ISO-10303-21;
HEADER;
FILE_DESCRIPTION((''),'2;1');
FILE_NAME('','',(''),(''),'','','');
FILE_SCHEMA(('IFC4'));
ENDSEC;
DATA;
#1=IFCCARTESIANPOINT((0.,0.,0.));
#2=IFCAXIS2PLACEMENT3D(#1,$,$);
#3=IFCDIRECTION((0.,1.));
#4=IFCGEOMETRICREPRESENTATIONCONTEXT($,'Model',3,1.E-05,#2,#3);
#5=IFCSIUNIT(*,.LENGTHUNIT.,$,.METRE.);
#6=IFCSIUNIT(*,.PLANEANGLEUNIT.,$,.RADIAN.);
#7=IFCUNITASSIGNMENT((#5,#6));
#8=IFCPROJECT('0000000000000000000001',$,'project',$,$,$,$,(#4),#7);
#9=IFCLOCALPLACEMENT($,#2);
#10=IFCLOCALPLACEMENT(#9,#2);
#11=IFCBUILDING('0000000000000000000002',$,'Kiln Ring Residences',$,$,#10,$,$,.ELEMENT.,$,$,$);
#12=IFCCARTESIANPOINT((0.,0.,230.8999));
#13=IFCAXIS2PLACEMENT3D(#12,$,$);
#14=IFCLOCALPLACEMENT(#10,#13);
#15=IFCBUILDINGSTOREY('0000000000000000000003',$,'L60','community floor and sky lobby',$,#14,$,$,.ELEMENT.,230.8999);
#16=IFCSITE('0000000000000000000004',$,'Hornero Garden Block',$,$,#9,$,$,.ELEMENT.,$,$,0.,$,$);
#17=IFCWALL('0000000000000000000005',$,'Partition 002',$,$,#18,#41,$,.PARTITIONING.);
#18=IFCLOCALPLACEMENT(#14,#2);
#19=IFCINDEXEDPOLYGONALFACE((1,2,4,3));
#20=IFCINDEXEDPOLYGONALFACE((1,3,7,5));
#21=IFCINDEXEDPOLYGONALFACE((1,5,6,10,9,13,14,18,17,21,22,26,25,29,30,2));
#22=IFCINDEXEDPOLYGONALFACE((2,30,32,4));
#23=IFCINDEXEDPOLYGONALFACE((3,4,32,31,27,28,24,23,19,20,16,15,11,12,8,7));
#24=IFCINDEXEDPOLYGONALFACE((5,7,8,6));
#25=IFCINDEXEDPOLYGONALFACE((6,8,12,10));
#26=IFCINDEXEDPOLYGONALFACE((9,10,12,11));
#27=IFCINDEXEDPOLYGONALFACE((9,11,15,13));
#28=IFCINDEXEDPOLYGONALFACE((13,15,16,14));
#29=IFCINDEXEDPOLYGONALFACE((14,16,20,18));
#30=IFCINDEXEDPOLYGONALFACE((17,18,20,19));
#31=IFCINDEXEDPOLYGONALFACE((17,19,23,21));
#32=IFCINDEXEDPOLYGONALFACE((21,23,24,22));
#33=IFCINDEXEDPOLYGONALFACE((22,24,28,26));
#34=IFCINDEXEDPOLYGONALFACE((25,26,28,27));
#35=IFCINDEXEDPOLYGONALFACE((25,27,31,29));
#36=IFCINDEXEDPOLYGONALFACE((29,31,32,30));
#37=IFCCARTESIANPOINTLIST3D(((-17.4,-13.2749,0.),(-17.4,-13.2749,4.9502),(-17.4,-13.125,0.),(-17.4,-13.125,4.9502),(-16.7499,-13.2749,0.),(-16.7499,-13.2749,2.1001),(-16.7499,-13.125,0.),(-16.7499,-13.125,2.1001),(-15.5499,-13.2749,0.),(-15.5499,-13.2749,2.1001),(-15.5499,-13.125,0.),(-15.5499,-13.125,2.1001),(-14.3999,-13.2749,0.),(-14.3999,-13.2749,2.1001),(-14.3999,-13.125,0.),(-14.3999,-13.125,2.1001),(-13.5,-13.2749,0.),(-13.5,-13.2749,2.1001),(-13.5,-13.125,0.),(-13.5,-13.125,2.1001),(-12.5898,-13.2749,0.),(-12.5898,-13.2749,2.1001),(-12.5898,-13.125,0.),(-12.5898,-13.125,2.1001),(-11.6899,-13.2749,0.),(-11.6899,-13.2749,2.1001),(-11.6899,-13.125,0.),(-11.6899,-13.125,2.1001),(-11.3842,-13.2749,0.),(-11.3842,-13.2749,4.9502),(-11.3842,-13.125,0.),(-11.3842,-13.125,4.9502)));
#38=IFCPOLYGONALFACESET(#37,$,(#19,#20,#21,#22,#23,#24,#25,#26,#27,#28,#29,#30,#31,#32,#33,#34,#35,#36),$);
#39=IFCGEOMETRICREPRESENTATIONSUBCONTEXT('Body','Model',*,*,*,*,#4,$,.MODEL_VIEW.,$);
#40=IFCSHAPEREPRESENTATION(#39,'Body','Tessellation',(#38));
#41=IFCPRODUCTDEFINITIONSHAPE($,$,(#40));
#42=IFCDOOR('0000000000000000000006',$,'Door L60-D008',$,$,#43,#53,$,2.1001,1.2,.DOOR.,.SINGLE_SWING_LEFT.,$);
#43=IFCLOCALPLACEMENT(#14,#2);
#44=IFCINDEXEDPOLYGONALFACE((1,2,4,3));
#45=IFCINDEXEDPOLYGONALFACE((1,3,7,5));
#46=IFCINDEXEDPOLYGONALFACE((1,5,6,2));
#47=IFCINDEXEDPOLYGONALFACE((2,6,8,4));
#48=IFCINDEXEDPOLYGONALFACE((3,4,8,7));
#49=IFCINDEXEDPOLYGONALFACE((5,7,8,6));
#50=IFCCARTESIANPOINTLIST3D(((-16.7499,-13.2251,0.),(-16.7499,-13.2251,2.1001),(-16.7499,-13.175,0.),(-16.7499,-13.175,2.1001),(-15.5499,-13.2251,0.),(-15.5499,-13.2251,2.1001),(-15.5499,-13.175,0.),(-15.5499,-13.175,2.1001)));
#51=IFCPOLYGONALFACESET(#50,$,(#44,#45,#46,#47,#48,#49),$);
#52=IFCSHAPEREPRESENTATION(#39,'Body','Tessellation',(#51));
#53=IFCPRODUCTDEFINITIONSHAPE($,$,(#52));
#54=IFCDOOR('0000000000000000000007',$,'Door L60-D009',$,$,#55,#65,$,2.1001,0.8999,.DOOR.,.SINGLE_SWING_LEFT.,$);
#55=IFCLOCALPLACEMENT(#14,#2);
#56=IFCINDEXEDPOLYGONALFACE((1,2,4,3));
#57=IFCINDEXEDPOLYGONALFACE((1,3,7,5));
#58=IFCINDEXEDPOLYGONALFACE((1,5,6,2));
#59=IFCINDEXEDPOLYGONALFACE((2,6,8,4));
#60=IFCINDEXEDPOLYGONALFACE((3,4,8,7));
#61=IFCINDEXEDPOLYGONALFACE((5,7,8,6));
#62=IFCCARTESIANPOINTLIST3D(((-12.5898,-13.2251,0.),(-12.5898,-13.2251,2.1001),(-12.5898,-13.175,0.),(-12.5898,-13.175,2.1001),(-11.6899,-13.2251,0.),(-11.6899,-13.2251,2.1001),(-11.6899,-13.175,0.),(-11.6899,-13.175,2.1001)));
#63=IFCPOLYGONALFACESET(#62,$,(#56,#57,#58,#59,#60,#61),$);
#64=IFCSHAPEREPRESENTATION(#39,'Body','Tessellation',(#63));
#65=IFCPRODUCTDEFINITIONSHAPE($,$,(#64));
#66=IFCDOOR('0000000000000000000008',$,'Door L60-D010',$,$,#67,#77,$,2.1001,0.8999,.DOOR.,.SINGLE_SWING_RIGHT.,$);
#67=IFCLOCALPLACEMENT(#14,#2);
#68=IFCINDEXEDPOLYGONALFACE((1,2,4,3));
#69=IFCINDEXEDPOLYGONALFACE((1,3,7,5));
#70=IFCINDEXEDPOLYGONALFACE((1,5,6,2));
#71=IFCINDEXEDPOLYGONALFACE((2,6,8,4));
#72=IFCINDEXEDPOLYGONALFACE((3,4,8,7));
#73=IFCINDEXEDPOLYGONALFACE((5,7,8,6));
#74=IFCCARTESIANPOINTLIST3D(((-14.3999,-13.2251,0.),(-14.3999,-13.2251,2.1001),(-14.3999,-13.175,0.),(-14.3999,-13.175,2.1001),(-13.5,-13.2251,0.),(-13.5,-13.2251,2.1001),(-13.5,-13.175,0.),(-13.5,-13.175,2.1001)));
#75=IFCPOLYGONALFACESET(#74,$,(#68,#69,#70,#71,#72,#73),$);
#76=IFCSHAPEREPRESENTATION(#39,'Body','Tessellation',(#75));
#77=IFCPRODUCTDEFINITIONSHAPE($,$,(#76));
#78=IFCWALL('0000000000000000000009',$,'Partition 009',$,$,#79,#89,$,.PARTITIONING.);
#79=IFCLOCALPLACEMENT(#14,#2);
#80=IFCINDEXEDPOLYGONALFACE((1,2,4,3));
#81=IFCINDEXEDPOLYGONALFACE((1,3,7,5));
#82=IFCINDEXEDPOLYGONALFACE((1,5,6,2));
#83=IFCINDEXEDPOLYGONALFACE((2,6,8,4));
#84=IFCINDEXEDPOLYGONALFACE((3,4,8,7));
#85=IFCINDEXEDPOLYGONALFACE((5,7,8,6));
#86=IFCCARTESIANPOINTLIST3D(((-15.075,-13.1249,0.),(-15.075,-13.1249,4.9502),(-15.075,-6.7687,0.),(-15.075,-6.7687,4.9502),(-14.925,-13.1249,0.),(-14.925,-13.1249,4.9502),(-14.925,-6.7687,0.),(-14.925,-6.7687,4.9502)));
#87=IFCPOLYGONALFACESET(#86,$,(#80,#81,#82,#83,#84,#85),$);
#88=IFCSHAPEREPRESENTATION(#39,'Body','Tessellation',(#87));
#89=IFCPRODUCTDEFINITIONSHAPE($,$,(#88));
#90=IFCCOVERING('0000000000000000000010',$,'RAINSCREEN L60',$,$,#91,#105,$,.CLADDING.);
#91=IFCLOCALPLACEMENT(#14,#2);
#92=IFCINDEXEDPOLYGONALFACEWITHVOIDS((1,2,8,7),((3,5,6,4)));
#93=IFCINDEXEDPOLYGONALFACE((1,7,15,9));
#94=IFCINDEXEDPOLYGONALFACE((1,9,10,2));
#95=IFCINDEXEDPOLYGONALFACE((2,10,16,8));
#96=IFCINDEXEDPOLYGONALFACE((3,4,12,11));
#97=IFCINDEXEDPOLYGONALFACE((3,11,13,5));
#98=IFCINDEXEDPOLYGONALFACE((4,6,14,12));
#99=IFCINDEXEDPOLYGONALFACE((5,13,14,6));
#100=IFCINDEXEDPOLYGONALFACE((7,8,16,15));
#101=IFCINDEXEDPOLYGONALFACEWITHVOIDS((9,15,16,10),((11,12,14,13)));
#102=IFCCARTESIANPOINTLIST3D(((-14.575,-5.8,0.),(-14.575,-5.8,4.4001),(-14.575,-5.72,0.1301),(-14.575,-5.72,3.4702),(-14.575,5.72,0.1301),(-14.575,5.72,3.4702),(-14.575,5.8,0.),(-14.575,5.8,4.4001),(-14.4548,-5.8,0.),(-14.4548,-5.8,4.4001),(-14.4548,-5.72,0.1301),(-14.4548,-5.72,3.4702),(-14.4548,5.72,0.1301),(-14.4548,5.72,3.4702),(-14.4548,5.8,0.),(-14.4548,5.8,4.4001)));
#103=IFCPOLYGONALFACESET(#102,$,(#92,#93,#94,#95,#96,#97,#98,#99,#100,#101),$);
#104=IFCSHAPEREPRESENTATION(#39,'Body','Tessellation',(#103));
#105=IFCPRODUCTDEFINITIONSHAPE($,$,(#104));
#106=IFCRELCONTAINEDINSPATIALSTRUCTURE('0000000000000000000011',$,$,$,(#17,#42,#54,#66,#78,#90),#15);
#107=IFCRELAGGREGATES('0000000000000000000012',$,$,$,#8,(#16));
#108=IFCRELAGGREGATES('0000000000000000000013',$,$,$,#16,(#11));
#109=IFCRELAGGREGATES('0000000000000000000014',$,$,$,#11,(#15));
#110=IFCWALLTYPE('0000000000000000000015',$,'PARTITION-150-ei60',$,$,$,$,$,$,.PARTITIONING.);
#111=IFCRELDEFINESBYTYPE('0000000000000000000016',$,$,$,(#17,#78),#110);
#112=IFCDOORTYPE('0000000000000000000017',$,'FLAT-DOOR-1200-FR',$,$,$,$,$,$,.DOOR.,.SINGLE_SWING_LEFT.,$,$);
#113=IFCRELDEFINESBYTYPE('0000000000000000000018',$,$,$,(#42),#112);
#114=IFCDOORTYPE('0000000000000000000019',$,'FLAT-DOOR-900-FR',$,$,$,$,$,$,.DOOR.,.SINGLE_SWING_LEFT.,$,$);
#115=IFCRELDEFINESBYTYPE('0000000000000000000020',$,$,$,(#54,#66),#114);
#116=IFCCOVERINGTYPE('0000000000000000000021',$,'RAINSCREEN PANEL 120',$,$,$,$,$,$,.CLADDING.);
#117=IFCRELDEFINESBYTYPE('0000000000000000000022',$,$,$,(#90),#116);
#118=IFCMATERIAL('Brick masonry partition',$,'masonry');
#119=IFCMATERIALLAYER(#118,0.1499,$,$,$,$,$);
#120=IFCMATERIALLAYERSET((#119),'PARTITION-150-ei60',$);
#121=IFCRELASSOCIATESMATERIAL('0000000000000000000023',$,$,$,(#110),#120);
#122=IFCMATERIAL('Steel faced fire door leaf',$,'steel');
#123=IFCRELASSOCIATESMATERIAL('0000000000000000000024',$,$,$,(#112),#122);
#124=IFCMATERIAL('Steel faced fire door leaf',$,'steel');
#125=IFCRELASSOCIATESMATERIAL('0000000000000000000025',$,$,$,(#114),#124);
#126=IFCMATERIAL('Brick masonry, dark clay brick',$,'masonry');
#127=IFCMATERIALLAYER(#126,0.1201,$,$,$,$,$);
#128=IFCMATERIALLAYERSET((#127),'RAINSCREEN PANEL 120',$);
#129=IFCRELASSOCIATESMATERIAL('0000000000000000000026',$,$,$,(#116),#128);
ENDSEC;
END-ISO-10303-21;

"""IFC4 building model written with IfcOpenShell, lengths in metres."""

from ifc_helpers import new_model, si_unit, direction, frame, frame_2d, origin, place, context, subcontext, project, spatial, polyline, rectangle, outline, extrude, material, layer, layer_set, type_object, element, fill, save


model = new_model("IFC4")

# Units and contexts
model_context = context("Model", 3, precision=1e-05, world=origin(), true_north=direction((0.0, 1.0)))
body_context = subcontext(model_context, "Body", "Model", "MODEL_VIEW")
ifc_project = project(units=[si_unit("LENGTHUNIT", "METRE"), si_unit("PLANEANGLEUNIT", "RADIAN")], contexts=[model_context])

# Site, building, storey
site_placement = place(None, origin())
site = spatial("IfcSite", under=ifc_project, at=site_placement, Name="Hornero Garden Block", CompositionType="ELEMENT", RefElevation=0.0)
building_placement = place(site_placement, origin())
building = spatial("IfcBuilding", under=site, at=building_placement, Name="Kiln Ring Residences", CompositionType="ELEMENT")
storey_placement = place(building_placement, frame((0.0, 0.0, 230.8999)))
storey = spatial("IfcBuildingStorey", under=building, at=storey_placement, Name="L60", Description="community floor and sky lobby", CompositionType="ELEMENT", Elevation=230.8999)

# Wall, openings, doors
ifc_material_1 = material(Name="Brick masonry partition", Category="masonry")
ifc_layer_1 = layer(ifc_material_1, 0.1499)
ifc_layer_set_1 = layer_set([ifc_layer_1], Name="PARTITION-150-ei60")
wall_type_1 = type_object("IfcWallType", Name="PARTITION-150-ei60", PredefinedType="PARTITIONING", material=ifc_layer_set_1)
wall_1_placement = place(storey_placement, frame((-17.3999, -13.2, 0.0), z_axis=(0.0, 0.0, 1.0), x_axis=(1.0, 0.0, 0.0)))
wall_1 = element("IfcWall", 1, at=wall_1_placement, inside=storey, type_object=wall_type_1, Name="Partition 002", PredefinedType="PARTITIONING", context=body_context, shape_type="SweptSolid", body=[
    extrude(rectangle(XDim=6.0159, YDim=0.1499, at=frame_2d((3.0078, 0.0))), origin(), (0.0, 0.0, 1.0), 4.9502),
])
opening_1_placement = place(wall_1_placement, frame((0.6499, 0.0, 0.0)))
opening_1 = element("IfcOpeningElement", 2, at=opening_1_placement, cuts=wall_1, PredefinedType="OPENING", context=body_context, shape_type="SweptSolid", body=[
    extrude(rectangle(XDim=1.2, YDim=2.1001, at=frame_2d((0.6001, 1.05))), frame((0.0, 0.085, 0.0), z_axis=(0.0, -1.0, 0.0), x_axis=(1.0, 0.0, 0.0)), (0.0, 0.0, 1.0), 0.1699),
])
opening_2_placement = place(wall_1_placement, frame((4.8101, 0.0, 0.0)))
opening_2 = element("IfcOpeningElement", 3, at=opening_2_placement, cuts=wall_1, PredefinedType="OPENING", context=body_context, shape_type="SweptSolid", body=[
    extrude(rectangle(XDim=0.8999, YDim=2.1001, at=frame_2d((0.45, 1.05))), frame((0.0, 0.085, 0.0), z_axis=(0.0, -1.0, 0.0), x_axis=(1.0, 0.0, 0.0)), (0.0, 0.0, 1.0), 0.1699),
])
opening_3_placement = place(wall_1_placement, frame((3.0, 0.0, 0.0)))
opening_3 = element("IfcOpeningElement", 4, at=opening_3_placement, cuts=wall_1, PredefinedType="OPENING", context=body_context, shape_type="SweptSolid", body=[
    extrude(rectangle(XDim=0.8999, YDim=2.1001, at=frame_2d((0.45, 1.05))), frame((0.0, 0.085, 0.0), z_axis=(0.0, -1.0, 0.0), x_axis=(1.0, 0.0, 0.0)), (0.0, 0.0, 1.0), 0.1699),
])
ifc_material_2 = material(Name="Steel faced fire door leaf", Category="steel")
door_type_1 = type_object("IfcDoorType", Name="FLAT-DOOR-1200-FR", OperationType="SINGLE_SWING_LEFT", PredefinedType="DOOR", material=ifc_material_2)
door_1_placement = place(opening_1_placement, origin())
door_1 = element("IfcDoor", 5, at=door_1_placement, inside=storey, type_object=door_type_1, Name="Door L60-D008", OperationType="SINGLE_SWING_LEFT", OverallHeight=2.1001, OverallWidth=1.2, PredefinedType="DOOR", context=body_context, shape_type="SweptSolid", body=[
    extrude(rectangle(XDim=1.2, YDim=2.1001, at=frame_2d((0.6001, 1.05))), frame((0.0, 0.0249, 0.0), z_axis=(0.0, -1.0, 0.0), x_axis=(1.0, 0.0, 0.0)), (0.0, 0.0, 1.0), 0.05),
])
fill(opening_1, door_1)
ifc_material_3 = material(Name="Steel faced fire door leaf", Category="steel")
door_type_2 = type_object("IfcDoorType", Name="FLAT-DOOR-900-FR", OperationType="SINGLE_SWING_LEFT", PredefinedType="DOOR", material=ifc_material_3)
door_2_placement = place(opening_2_placement, origin())
door_2 = element("IfcDoor", 6, at=door_2_placement, inside=storey, type_object=door_type_2, Name="Door L60-D009", OperationType="SINGLE_SWING_LEFT", OverallHeight=2.1001, OverallWidth=0.8999, PredefinedType="DOOR", context=body_context, shape_type="SweptSolid", body=[
    extrude(rectangle(XDim=0.8999, YDim=2.1001, at=frame_2d((0.45, 1.05))), frame((0.0, 0.0249, 0.0), z_axis=(0.0, -1.0, 0.0), x_axis=(1.0, 0.0, 0.0)), (0.0, 0.0, 1.0), 0.05),
])
fill(opening_2, door_2)
door_3_placement = place(opening_3_placement, origin())
door_3 = element("IfcDoor", 7, at=door_3_placement, inside=storey, type_object=door_type_2, Name="Door L60-D010", OperationType="SINGLE_SWING_RIGHT", OverallHeight=2.1001, OverallWidth=0.8999, PredefinedType="DOOR", context=body_context, shape_type="SweptSolid", body=[
    extrude(rectangle(XDim=0.8999, YDim=2.1001, at=frame_2d((0.45, 1.05))), frame((0.0, 0.0249, 0.0), z_axis=(0.0, -1.0, 0.0), x_axis=(1.0, 0.0, 0.0)), (0.0, 0.0, 1.0), 0.05),
])
fill(opening_3, door_3)

# Wall
wall_2_placement = place(storey_placement, frame((-15.0, -13.125, 0.0), z_axis=(0.0, 0.0, 1.0), x_axis=(0.0, 1.0, 0.0)))
element("IfcWall", 8, at=wall_2_placement, inside=storey, type_object=wall_type_1, Name="Partition 009", PredefinedType="PARTITIONING", context=body_context, shape_type="SweptSolid", body=[
    extrude(rectangle(XDim=6.3562, YDim=0.1499, at=frame_2d((3.1782, 0.0))), origin(), (0.0, 0.0, 1.0), 4.9502),
])

# Covering
ifc_material_4 = material(Name="Brick masonry, dark clay brick", Category="masonry")
ifc_layer_2 = layer(ifc_material_4, 0.1201)
ifc_layer_set_2 = layer_set([ifc_layer_2], Name="RAINSCREEN PANEL 120")
covering_type = type_object("IfcCoveringType", Name="RAINSCREEN PANEL 120", PredefinedType="CLADDING", material=ifc_layer_set_2)
covering_placement = place(storey_placement, frame((-14.5149, -5.8, 0.0), z_axis=(0.0, 0.0, 1.0), x_axis=(0.0, 1.0, 0.0)))
element("IfcCovering", 9, at=covering_placement, inside=storey, type_object=covering_type, Name="RAINSCREEN L60", PredefinedType="CLADDING", context=body_context, shape_type="SweptSolid", body=[
    extrude(outline(polyline([(0.0, 0.0), (11.6001, 0.0), (11.6001, 4.4001), (0.0, 4.4001), (0.0, 0.0)]), holes=[polyline([(0.0801, 3.4702), (0.0801, 0.1301), (11.52, 0.1301), (11.52, 3.4702), (0.0801, 3.4702)])]), frame((0.0, 0.0601, 0.0), z_axis=(0.0, -1.0, 0.0), x_axis=(1.0, 0.0, 0.0)), (0.0, 0.0, 1.0), 0.1201),
])

save(model, "model.ifc")
